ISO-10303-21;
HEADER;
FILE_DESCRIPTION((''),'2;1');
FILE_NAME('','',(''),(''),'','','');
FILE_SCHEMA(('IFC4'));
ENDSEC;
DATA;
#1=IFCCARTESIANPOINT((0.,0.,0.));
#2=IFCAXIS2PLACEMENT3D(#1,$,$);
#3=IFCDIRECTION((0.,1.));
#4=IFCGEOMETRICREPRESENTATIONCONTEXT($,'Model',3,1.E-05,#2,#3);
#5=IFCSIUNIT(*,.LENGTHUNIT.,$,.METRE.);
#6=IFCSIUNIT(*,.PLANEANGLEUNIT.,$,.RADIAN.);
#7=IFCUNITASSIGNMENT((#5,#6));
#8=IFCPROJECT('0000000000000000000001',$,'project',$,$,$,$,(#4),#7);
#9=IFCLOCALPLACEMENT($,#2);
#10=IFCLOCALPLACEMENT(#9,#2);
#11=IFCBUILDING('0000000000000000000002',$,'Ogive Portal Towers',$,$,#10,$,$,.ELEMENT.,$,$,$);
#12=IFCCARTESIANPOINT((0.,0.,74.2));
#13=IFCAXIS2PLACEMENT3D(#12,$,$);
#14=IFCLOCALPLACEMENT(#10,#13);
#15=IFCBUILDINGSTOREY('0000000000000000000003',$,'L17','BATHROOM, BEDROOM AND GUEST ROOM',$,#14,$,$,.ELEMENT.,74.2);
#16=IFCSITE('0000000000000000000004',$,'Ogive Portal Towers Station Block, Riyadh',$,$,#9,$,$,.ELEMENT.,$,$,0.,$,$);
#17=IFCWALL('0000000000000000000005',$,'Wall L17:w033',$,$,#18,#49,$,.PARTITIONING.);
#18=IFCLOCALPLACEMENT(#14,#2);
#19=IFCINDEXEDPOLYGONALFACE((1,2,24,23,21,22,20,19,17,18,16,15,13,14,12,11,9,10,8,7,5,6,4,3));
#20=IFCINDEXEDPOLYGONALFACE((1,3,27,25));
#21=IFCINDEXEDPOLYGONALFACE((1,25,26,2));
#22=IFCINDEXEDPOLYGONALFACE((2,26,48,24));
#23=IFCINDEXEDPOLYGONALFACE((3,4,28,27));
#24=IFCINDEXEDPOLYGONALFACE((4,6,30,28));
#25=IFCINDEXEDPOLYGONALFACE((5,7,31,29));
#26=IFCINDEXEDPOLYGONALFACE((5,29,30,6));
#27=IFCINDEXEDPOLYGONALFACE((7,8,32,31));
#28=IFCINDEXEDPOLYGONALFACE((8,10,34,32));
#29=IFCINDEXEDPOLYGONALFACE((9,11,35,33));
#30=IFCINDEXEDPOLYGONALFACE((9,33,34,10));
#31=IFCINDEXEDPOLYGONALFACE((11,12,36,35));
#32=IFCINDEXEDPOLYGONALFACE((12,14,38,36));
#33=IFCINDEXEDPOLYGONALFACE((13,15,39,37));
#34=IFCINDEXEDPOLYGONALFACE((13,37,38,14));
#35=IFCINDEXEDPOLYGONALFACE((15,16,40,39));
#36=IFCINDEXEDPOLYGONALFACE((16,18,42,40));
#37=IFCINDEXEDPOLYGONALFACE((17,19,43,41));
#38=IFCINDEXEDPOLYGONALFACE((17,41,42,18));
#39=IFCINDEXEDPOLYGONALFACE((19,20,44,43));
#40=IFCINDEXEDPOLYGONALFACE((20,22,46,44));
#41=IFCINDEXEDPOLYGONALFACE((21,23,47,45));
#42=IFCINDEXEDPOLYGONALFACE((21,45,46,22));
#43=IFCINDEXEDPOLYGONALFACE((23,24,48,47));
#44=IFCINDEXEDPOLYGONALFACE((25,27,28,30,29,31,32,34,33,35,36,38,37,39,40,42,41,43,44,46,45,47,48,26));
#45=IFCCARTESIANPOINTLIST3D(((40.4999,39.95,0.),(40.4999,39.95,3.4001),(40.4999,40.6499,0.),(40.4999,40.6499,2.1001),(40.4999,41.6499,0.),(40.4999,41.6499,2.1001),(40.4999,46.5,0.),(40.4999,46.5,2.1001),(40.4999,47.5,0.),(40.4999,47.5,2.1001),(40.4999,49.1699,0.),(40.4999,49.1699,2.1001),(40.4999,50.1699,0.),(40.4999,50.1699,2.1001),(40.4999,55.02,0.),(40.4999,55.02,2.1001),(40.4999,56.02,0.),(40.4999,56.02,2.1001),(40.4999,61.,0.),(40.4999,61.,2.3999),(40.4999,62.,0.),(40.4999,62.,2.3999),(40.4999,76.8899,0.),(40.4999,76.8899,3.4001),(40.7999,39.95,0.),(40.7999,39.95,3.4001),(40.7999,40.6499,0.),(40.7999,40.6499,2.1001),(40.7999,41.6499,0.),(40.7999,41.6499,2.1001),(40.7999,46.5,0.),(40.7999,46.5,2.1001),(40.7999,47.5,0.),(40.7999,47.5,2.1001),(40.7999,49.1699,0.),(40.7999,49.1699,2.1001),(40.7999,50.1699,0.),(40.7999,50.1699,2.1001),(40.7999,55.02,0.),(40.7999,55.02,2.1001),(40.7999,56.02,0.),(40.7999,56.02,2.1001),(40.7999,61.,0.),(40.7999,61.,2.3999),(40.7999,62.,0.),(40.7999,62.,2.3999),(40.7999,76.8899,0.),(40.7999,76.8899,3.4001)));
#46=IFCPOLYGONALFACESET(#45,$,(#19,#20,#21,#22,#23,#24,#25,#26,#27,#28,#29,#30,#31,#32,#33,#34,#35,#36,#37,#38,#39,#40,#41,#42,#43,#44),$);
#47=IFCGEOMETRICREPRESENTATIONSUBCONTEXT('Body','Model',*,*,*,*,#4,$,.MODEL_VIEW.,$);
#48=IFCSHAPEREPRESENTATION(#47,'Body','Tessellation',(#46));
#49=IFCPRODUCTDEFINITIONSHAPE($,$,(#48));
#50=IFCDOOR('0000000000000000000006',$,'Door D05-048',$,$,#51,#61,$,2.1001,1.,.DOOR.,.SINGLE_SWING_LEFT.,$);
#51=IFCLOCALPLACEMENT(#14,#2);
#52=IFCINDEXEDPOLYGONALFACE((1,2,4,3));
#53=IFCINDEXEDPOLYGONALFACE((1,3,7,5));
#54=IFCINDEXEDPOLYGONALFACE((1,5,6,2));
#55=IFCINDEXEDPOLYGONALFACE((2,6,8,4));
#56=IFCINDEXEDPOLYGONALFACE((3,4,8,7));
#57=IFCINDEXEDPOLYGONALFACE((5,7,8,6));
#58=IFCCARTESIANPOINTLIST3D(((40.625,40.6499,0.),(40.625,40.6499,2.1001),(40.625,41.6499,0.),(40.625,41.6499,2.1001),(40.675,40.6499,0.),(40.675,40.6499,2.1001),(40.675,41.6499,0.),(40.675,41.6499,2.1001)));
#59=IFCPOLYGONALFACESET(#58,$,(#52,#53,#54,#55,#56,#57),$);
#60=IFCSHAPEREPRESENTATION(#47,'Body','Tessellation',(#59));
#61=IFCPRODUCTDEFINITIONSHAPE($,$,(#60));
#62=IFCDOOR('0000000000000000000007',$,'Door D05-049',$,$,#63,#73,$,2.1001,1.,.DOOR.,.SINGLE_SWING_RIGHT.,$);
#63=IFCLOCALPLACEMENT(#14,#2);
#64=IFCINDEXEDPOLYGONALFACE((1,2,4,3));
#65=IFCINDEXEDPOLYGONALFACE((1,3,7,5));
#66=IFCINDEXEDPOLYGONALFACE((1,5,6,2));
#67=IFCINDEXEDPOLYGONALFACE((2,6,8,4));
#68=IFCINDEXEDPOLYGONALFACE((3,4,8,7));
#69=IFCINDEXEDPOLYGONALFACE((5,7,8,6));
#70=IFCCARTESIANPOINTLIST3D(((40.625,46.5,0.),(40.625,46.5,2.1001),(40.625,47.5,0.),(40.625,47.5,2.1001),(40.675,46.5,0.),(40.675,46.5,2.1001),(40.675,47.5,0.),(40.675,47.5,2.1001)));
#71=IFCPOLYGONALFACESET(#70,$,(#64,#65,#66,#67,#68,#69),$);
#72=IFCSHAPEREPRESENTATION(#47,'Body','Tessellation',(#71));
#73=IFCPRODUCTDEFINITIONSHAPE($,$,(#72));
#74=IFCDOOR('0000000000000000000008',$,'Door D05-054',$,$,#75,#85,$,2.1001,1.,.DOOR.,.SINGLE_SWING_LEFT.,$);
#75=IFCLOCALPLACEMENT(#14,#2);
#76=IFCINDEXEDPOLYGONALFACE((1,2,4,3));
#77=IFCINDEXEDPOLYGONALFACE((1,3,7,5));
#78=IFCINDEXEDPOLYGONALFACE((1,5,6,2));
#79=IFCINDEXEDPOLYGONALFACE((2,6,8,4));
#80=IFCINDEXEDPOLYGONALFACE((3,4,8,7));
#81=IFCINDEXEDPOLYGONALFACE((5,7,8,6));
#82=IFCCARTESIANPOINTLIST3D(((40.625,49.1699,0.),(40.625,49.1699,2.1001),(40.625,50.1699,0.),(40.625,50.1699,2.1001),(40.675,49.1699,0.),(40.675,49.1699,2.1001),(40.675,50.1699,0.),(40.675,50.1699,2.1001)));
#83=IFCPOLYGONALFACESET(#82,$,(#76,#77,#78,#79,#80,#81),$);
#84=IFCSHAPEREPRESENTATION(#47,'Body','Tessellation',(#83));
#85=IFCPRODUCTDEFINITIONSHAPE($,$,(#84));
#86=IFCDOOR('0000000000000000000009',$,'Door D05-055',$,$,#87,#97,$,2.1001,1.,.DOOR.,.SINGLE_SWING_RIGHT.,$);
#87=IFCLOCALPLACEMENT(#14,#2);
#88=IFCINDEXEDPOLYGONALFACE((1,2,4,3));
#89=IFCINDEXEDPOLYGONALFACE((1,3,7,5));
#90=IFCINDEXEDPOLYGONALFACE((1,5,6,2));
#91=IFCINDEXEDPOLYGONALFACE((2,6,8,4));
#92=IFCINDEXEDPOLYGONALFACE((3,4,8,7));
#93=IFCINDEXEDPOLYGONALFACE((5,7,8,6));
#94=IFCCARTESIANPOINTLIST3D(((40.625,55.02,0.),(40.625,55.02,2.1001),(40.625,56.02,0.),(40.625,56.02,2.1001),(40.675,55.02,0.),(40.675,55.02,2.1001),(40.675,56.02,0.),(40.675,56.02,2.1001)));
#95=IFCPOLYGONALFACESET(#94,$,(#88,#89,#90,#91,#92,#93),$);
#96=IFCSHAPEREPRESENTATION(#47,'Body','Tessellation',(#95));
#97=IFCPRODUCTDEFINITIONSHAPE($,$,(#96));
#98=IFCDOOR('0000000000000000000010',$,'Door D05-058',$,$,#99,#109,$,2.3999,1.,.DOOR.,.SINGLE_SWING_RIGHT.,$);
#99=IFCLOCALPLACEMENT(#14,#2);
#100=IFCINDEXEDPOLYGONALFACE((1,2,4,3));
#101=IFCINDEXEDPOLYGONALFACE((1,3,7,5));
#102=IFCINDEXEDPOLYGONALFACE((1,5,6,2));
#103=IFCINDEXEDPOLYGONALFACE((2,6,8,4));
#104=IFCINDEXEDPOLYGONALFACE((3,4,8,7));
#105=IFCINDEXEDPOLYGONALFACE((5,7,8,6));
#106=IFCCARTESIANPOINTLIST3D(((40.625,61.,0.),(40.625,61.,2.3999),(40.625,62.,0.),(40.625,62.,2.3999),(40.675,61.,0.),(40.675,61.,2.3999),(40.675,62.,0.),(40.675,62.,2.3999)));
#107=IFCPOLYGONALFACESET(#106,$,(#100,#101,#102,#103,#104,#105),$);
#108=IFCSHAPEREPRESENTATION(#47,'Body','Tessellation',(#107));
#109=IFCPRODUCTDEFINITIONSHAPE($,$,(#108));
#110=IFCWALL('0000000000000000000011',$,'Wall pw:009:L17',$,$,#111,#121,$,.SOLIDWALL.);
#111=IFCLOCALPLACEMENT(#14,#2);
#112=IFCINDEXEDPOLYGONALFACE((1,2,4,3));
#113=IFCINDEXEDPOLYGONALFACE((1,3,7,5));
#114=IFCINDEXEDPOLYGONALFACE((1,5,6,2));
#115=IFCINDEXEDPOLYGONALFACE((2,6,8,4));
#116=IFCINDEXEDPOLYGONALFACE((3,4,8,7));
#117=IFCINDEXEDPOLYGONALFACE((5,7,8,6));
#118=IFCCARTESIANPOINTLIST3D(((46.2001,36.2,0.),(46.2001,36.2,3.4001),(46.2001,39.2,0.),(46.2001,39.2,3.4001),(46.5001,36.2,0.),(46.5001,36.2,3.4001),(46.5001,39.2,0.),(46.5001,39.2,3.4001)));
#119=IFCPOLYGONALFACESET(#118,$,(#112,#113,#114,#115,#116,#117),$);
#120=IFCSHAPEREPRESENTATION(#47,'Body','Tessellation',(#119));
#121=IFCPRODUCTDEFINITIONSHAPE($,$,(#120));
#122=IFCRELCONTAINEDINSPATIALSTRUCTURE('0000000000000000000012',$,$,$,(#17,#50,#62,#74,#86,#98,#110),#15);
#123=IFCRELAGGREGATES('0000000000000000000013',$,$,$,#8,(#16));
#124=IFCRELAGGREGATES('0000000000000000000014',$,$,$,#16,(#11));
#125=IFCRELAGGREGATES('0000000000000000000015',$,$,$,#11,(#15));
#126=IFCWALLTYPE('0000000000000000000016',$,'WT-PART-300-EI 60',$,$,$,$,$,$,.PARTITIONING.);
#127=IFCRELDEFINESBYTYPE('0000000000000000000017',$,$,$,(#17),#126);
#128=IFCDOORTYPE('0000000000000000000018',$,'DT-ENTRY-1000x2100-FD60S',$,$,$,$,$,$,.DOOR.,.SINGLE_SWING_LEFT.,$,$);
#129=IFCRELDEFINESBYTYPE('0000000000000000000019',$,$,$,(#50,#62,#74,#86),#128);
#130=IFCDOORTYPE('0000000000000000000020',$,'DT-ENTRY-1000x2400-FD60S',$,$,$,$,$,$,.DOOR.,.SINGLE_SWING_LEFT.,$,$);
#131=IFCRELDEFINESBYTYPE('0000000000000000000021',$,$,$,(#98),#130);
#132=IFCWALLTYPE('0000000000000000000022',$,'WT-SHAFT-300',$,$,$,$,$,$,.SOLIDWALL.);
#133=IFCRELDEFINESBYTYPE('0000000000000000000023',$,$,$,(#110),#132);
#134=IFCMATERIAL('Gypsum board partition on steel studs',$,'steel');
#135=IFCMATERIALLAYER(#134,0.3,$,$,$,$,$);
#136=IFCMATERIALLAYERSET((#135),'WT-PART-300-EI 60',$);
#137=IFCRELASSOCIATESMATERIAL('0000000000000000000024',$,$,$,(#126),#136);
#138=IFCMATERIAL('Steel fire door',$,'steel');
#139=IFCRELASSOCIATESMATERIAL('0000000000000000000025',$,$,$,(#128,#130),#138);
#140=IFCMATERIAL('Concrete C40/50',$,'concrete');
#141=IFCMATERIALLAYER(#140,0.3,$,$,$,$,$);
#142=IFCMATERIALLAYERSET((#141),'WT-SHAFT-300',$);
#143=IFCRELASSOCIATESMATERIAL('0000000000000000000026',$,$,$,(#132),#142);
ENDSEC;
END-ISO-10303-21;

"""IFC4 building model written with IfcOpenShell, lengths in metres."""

from ifc_helpers import new_model, si_unit, direction, frame, frame_2d, origin, place, context, subcontext, project, spatial, rectangle, extrude, material, layer, layer_set, type_object, element, fill, save


model = new_model("IFC4")

# Units and contexts
model_context = context("Model", 3, precision=1e-05, world=origin(), true_north=direction((0.0, 1.0)))
body_context = subcontext(model_context, "Body", "Model", "MODEL_VIEW")
ifc_project = project(units=[si_unit("LENGTHUNIT", "METRE"), si_unit("PLANEANGLEUNIT", "RADIAN")], contexts=[model_context])

# Site, building, storey
site_placement = place(None, origin())
site = spatial("IfcSite", under=ifc_project, at=site_placement, Name="Ogive Portal Towers Station Block, Riyadh", CompositionType="ELEMENT", RefElevation=0.0)
building_placement = place(site_placement, origin())
building = spatial("IfcBuilding", under=site, at=building_placement, Name="Ogive Portal Towers", CompositionType="ELEMENT")
storey_placement = place(building_placement, frame((0.0, 0.0, 74.2)))
storey = spatial("IfcBuildingStorey", under=building, at=storey_placement, Name="L17", Description="BATHROOM, BEDROOM AND GUEST ROOM", CompositionType="ELEMENT", Elevation=74.2)

# Shared definitions
ifc_material_1 = material(Name="Concrete C40/50", Category="concrete")

# Shared definitions
ifc_material_2 = material(Name="Gypsum board partition on steel studs", Category="steel")
ifc_layer_1 = layer(ifc_material_2, 0.3)
ifc_layer_set_1 = layer_set([ifc_layer_1], Name="WT-PART-300-EI 60")
wall_type_1 = type_object("IfcWallType", Name="WT-PART-300-EI 60", PredefinedType="PARTITIONING", material=ifc_layer_set_1)

# Shared definitions
ifc_material_3 = material(Name="Steel fire door", Category="steel")

# Wall, openings, doors
wall_1_placement = place(storey_placement, frame((40.6499, 39.95, 0.0), z_axis=(0.0, 0.0, 1.0), x_axis=(0.0, 1.0, 0.0)))
wall_1 = element("IfcWall", 1, at=wall_1_placement, inside=storey, type_object=wall_type_1, Name="Wall L17:w033", PredefinedType="PARTITIONING", context=body_context, shape_type="SweptSolid", body=[
    extrude(rectangle(XDim=36.9399, YDim=0.3, at=frame_2d((18.47, 0.0))), origin(), (0.0, 0.0, 1.0), 3.4001),
])
opening_1_placement = place(wall_1_placement, frame((0.7, 0.0, 0.0)))
opening_1 = element("IfcOpeningElement", 2, at=opening_1_placement, cuts=wall_1, PredefinedType="OPENING", context=body_context, shape_type="SweptSolid", body=[
    extrude(rectangle(XDim=1.0, YDim=2.1001, at=frame_2d((0.5, 1.05))), frame((0.0, 0.1602, 0.0), z_axis=(0.0, -1.0, 0.0), x_axis=(1.0, 0.0, 0.0)), (0.0, 0.0, 1.0), 0.3201),
])
opening_2_placement = place(wall_1_placement, frame((6.55, 0.0, 0.0)))
opening_2 = element("IfcOpeningElement", 3, at=opening_2_placement, cuts=wall_1, PredefinedType="OPENING", context=body_context, shape_type="SweptSolid", body=[
    extrude(rectangle(XDim=1.0, YDim=2.1001, at=frame_2d((0.5, 1.05))), frame((0.0, 0.1602, 0.0), z_axis=(0.0, -1.0, 0.0), x_axis=(1.0, 0.0, 0.0)), (0.0, 0.0, 1.0), 0.3201),
])
opening_3_placement = place(wall_1_placement, frame((9.22, 0.0, 0.0)))
opening_3 = element("IfcOpeningElement", 4, at=opening_3_placement, cuts=wall_1, PredefinedType="OPENING", context=body_context, shape_type="SweptSolid", body=[
    extrude(rectangle(XDim=1.0, YDim=2.1001, at=frame_2d((0.5, 1.05))), frame((0.0, 0.1602, 0.0), z_axis=(0.0, -1.0, 0.0), x_axis=(1.0, 0.0, 0.0)), (0.0, 0.0, 1.0), 0.3201),
])
opening_4_placement = place(wall_1_placement, frame((15.0701, 0.0, 0.0)))
opening_4 = element("IfcOpeningElement", 5, at=opening_4_placement, cuts=wall_1, PredefinedType="OPENING", context=body_context, shape_type="SweptSolid", body=[
    extrude(rectangle(XDim=1.0, YDim=2.1001, at=frame_2d((0.5, 1.05))), frame((0.0, 0.1602, 0.0), z_axis=(0.0, -1.0, 0.0), x_axis=(1.0, 0.0, 0.0)), (0.0, 0.0, 1.0), 0.3201),
])
opening_5_placement = place(wall_1_placement, frame((21.05, 0.0, 0.0)))
opening_5 = element("IfcOpeningElement", 6, at=opening_5_placement, cuts=wall_1, PredefinedType="OPENING", context=body_context, shape_type="SweptSolid", body=[
    extrude(rectangle(XDim=1.0, YDim=2.3999, at=frame_2d((0.5, 1.2))), frame((0.0, 0.1602, 0.0), z_axis=(0.0, -1.0, 0.0), x_axis=(1.0, 0.0, 0.0)), (0.0, 0.0, 1.0), 0.3201),
])
door_type_1 = type_object("IfcDoorType", Name="DT-ENTRY-1000x2100-FD60S", OperationType="SINGLE_SWING_LEFT", PredefinedType="DOOR", material=ifc_material_3)
door_1_placement = place(opening_1_placement, origin())
door_1 = element("IfcDoor", 7, at=door_1_placement, inside=storey, type_object=door_type_1, Name="Door D05-048", OperationType="SINGLE_SWING_LEFT", OverallHeight=2.1001, OverallWidth=1.0, PredefinedType="DOOR", context=body_context, shape_type="SweptSolid", body=[
    extrude(rectangle(XDim=1.0, YDim=2.1001, at=frame_2d((0.5, 1.05))), frame((0.0, 0.0249, 0.0), z_axis=(0.0, -1.0, 0.0), x_axis=(1.0, 0.0, 0.0)), (0.0, 0.0, 1.0), 0.05),
])
fill(opening_1, door_1)
door_2_placement = place(opening_2_placement, origin())
door_2 = element("IfcDoor", 8, at=door_2_placement, inside=storey, type_object=door_type_1, Name="Door D05-049", OperationType="SINGLE_SWING_RIGHT", OverallHeight=2.1001, OverallWidth=1.0, PredefinedType="DOOR", context=body_context, shape_type="SweptSolid", body=[
    extrude(rectangle(XDim=1.0, YDim=2.1001, at=frame_2d((0.5, 1.05))), frame((0.0, 0.0249, 0.0), z_axis=(0.0, -1.0, 0.0), x_axis=(1.0, 0.0, 0.0)), (0.0, 0.0, 1.0), 0.05),
])
fill(opening_2, door_2)
door_3_placement = place(opening_3_placement, origin())
door_3 = element("IfcDoor", 9, at=door_3_placement, inside=storey, type_object=door_type_1, Name="Door D05-054", OperationType="SINGLE_SWING_LEFT", OverallHeight=2.1001, OverallWidth=1.0, PredefinedType="DOOR", context=body_context, shape_type="SweptSolid", body=[
    extrude(rectangle(XDim=1.0, YDim=2.1001, at=frame_2d((0.5, 1.05))), frame((0.0, 0.0249, 0.0), z_axis=(0.0, -1.0, 0.0), x_axis=(1.0, 0.0, 0.0)), (0.0, 0.0, 1.0), 0.05),
])
fill(opening_3, door_3)
door_4_placement = place(opening_4_placement, origin())
door_4 = element("IfcDoor", 10, at=door_4_placement, inside=storey, type_object=door_type_1, Name="Door D05-055", OperationType="SINGLE_SWING_RIGHT", OverallHeight=2.1001, OverallWidth=1.0, PredefinedType="DOOR", context=body_context, shape_type="SweptSolid", body=[
    extrude(rectangle(XDim=1.0, YDim=2.1001, at=frame_2d((0.5, 1.05))), frame((0.0, 0.0249, 0.0), z_axis=(0.0, -1.0, 0.0), x_axis=(1.0, 0.0, 0.0)), (0.0, 0.0, 1.0), 0.05),
])
fill(opening_4, door_4)
door_type_2 = type_object("IfcDoorType", Name="DT-ENTRY-1000x2400-FD60S", OperationType="SINGLE_SWING_LEFT", PredefinedType="DOOR", material=ifc_material_3)
door_5_placement = place(opening_5_placement, origin())
door_5 = element("IfcDoor", 11, at=door_5_placement, inside=storey, type_object=door_type_2, Name="Door D05-058", OperationType="SINGLE_SWING_RIGHT", OverallHeight=2.3999, OverallWidth=1.0, PredefinedType="DOOR", context=body_context, shape_type="SweptSolid", body=[
    extrude(rectangle(XDim=1.0, YDim=2.3999, at=frame_2d((0.5, 1.2))), frame((0.0, 0.0249, 0.0), z_axis=(0.0, -1.0, 0.0), x_axis=(1.0, 0.0, 0.0)), (0.0, 0.0, 1.0), 0.05),
])
fill(opening_5, door_5)

# Wall
ifc_layer_2 = layer(ifc_material_1, 0.3)
ifc_layer_set_2 = layer_set([ifc_layer_2], Name="WT-SHAFT-300")
wall_type_2 = type_object("IfcWallType", Name="WT-SHAFT-300", PredefinedType="SOLIDWALL", material=ifc_layer_set_2)
wall_2_placement = place(storey_placement, frame((46.3501, 36.2, 0.0), z_axis=(0.0, 0.0, 1.0), x_axis=(0.0, 1.0, 0.0)))
element("IfcWall", 12, at=wall_2_placement, inside=storey, type_object=wall_type_2, Name="Wall pw:009:L17", PredefinedType="SOLIDWALL", context=body_context, shape_type="SweptSolid", body=[
    extrude(rectangle(XDim=3.0, YDim=0.3, at=frame_2d((1.5, 0.0))), origin(), (0.0, 0.0, 1.0), 3.4001),
])

save(model, "model.ifc")
